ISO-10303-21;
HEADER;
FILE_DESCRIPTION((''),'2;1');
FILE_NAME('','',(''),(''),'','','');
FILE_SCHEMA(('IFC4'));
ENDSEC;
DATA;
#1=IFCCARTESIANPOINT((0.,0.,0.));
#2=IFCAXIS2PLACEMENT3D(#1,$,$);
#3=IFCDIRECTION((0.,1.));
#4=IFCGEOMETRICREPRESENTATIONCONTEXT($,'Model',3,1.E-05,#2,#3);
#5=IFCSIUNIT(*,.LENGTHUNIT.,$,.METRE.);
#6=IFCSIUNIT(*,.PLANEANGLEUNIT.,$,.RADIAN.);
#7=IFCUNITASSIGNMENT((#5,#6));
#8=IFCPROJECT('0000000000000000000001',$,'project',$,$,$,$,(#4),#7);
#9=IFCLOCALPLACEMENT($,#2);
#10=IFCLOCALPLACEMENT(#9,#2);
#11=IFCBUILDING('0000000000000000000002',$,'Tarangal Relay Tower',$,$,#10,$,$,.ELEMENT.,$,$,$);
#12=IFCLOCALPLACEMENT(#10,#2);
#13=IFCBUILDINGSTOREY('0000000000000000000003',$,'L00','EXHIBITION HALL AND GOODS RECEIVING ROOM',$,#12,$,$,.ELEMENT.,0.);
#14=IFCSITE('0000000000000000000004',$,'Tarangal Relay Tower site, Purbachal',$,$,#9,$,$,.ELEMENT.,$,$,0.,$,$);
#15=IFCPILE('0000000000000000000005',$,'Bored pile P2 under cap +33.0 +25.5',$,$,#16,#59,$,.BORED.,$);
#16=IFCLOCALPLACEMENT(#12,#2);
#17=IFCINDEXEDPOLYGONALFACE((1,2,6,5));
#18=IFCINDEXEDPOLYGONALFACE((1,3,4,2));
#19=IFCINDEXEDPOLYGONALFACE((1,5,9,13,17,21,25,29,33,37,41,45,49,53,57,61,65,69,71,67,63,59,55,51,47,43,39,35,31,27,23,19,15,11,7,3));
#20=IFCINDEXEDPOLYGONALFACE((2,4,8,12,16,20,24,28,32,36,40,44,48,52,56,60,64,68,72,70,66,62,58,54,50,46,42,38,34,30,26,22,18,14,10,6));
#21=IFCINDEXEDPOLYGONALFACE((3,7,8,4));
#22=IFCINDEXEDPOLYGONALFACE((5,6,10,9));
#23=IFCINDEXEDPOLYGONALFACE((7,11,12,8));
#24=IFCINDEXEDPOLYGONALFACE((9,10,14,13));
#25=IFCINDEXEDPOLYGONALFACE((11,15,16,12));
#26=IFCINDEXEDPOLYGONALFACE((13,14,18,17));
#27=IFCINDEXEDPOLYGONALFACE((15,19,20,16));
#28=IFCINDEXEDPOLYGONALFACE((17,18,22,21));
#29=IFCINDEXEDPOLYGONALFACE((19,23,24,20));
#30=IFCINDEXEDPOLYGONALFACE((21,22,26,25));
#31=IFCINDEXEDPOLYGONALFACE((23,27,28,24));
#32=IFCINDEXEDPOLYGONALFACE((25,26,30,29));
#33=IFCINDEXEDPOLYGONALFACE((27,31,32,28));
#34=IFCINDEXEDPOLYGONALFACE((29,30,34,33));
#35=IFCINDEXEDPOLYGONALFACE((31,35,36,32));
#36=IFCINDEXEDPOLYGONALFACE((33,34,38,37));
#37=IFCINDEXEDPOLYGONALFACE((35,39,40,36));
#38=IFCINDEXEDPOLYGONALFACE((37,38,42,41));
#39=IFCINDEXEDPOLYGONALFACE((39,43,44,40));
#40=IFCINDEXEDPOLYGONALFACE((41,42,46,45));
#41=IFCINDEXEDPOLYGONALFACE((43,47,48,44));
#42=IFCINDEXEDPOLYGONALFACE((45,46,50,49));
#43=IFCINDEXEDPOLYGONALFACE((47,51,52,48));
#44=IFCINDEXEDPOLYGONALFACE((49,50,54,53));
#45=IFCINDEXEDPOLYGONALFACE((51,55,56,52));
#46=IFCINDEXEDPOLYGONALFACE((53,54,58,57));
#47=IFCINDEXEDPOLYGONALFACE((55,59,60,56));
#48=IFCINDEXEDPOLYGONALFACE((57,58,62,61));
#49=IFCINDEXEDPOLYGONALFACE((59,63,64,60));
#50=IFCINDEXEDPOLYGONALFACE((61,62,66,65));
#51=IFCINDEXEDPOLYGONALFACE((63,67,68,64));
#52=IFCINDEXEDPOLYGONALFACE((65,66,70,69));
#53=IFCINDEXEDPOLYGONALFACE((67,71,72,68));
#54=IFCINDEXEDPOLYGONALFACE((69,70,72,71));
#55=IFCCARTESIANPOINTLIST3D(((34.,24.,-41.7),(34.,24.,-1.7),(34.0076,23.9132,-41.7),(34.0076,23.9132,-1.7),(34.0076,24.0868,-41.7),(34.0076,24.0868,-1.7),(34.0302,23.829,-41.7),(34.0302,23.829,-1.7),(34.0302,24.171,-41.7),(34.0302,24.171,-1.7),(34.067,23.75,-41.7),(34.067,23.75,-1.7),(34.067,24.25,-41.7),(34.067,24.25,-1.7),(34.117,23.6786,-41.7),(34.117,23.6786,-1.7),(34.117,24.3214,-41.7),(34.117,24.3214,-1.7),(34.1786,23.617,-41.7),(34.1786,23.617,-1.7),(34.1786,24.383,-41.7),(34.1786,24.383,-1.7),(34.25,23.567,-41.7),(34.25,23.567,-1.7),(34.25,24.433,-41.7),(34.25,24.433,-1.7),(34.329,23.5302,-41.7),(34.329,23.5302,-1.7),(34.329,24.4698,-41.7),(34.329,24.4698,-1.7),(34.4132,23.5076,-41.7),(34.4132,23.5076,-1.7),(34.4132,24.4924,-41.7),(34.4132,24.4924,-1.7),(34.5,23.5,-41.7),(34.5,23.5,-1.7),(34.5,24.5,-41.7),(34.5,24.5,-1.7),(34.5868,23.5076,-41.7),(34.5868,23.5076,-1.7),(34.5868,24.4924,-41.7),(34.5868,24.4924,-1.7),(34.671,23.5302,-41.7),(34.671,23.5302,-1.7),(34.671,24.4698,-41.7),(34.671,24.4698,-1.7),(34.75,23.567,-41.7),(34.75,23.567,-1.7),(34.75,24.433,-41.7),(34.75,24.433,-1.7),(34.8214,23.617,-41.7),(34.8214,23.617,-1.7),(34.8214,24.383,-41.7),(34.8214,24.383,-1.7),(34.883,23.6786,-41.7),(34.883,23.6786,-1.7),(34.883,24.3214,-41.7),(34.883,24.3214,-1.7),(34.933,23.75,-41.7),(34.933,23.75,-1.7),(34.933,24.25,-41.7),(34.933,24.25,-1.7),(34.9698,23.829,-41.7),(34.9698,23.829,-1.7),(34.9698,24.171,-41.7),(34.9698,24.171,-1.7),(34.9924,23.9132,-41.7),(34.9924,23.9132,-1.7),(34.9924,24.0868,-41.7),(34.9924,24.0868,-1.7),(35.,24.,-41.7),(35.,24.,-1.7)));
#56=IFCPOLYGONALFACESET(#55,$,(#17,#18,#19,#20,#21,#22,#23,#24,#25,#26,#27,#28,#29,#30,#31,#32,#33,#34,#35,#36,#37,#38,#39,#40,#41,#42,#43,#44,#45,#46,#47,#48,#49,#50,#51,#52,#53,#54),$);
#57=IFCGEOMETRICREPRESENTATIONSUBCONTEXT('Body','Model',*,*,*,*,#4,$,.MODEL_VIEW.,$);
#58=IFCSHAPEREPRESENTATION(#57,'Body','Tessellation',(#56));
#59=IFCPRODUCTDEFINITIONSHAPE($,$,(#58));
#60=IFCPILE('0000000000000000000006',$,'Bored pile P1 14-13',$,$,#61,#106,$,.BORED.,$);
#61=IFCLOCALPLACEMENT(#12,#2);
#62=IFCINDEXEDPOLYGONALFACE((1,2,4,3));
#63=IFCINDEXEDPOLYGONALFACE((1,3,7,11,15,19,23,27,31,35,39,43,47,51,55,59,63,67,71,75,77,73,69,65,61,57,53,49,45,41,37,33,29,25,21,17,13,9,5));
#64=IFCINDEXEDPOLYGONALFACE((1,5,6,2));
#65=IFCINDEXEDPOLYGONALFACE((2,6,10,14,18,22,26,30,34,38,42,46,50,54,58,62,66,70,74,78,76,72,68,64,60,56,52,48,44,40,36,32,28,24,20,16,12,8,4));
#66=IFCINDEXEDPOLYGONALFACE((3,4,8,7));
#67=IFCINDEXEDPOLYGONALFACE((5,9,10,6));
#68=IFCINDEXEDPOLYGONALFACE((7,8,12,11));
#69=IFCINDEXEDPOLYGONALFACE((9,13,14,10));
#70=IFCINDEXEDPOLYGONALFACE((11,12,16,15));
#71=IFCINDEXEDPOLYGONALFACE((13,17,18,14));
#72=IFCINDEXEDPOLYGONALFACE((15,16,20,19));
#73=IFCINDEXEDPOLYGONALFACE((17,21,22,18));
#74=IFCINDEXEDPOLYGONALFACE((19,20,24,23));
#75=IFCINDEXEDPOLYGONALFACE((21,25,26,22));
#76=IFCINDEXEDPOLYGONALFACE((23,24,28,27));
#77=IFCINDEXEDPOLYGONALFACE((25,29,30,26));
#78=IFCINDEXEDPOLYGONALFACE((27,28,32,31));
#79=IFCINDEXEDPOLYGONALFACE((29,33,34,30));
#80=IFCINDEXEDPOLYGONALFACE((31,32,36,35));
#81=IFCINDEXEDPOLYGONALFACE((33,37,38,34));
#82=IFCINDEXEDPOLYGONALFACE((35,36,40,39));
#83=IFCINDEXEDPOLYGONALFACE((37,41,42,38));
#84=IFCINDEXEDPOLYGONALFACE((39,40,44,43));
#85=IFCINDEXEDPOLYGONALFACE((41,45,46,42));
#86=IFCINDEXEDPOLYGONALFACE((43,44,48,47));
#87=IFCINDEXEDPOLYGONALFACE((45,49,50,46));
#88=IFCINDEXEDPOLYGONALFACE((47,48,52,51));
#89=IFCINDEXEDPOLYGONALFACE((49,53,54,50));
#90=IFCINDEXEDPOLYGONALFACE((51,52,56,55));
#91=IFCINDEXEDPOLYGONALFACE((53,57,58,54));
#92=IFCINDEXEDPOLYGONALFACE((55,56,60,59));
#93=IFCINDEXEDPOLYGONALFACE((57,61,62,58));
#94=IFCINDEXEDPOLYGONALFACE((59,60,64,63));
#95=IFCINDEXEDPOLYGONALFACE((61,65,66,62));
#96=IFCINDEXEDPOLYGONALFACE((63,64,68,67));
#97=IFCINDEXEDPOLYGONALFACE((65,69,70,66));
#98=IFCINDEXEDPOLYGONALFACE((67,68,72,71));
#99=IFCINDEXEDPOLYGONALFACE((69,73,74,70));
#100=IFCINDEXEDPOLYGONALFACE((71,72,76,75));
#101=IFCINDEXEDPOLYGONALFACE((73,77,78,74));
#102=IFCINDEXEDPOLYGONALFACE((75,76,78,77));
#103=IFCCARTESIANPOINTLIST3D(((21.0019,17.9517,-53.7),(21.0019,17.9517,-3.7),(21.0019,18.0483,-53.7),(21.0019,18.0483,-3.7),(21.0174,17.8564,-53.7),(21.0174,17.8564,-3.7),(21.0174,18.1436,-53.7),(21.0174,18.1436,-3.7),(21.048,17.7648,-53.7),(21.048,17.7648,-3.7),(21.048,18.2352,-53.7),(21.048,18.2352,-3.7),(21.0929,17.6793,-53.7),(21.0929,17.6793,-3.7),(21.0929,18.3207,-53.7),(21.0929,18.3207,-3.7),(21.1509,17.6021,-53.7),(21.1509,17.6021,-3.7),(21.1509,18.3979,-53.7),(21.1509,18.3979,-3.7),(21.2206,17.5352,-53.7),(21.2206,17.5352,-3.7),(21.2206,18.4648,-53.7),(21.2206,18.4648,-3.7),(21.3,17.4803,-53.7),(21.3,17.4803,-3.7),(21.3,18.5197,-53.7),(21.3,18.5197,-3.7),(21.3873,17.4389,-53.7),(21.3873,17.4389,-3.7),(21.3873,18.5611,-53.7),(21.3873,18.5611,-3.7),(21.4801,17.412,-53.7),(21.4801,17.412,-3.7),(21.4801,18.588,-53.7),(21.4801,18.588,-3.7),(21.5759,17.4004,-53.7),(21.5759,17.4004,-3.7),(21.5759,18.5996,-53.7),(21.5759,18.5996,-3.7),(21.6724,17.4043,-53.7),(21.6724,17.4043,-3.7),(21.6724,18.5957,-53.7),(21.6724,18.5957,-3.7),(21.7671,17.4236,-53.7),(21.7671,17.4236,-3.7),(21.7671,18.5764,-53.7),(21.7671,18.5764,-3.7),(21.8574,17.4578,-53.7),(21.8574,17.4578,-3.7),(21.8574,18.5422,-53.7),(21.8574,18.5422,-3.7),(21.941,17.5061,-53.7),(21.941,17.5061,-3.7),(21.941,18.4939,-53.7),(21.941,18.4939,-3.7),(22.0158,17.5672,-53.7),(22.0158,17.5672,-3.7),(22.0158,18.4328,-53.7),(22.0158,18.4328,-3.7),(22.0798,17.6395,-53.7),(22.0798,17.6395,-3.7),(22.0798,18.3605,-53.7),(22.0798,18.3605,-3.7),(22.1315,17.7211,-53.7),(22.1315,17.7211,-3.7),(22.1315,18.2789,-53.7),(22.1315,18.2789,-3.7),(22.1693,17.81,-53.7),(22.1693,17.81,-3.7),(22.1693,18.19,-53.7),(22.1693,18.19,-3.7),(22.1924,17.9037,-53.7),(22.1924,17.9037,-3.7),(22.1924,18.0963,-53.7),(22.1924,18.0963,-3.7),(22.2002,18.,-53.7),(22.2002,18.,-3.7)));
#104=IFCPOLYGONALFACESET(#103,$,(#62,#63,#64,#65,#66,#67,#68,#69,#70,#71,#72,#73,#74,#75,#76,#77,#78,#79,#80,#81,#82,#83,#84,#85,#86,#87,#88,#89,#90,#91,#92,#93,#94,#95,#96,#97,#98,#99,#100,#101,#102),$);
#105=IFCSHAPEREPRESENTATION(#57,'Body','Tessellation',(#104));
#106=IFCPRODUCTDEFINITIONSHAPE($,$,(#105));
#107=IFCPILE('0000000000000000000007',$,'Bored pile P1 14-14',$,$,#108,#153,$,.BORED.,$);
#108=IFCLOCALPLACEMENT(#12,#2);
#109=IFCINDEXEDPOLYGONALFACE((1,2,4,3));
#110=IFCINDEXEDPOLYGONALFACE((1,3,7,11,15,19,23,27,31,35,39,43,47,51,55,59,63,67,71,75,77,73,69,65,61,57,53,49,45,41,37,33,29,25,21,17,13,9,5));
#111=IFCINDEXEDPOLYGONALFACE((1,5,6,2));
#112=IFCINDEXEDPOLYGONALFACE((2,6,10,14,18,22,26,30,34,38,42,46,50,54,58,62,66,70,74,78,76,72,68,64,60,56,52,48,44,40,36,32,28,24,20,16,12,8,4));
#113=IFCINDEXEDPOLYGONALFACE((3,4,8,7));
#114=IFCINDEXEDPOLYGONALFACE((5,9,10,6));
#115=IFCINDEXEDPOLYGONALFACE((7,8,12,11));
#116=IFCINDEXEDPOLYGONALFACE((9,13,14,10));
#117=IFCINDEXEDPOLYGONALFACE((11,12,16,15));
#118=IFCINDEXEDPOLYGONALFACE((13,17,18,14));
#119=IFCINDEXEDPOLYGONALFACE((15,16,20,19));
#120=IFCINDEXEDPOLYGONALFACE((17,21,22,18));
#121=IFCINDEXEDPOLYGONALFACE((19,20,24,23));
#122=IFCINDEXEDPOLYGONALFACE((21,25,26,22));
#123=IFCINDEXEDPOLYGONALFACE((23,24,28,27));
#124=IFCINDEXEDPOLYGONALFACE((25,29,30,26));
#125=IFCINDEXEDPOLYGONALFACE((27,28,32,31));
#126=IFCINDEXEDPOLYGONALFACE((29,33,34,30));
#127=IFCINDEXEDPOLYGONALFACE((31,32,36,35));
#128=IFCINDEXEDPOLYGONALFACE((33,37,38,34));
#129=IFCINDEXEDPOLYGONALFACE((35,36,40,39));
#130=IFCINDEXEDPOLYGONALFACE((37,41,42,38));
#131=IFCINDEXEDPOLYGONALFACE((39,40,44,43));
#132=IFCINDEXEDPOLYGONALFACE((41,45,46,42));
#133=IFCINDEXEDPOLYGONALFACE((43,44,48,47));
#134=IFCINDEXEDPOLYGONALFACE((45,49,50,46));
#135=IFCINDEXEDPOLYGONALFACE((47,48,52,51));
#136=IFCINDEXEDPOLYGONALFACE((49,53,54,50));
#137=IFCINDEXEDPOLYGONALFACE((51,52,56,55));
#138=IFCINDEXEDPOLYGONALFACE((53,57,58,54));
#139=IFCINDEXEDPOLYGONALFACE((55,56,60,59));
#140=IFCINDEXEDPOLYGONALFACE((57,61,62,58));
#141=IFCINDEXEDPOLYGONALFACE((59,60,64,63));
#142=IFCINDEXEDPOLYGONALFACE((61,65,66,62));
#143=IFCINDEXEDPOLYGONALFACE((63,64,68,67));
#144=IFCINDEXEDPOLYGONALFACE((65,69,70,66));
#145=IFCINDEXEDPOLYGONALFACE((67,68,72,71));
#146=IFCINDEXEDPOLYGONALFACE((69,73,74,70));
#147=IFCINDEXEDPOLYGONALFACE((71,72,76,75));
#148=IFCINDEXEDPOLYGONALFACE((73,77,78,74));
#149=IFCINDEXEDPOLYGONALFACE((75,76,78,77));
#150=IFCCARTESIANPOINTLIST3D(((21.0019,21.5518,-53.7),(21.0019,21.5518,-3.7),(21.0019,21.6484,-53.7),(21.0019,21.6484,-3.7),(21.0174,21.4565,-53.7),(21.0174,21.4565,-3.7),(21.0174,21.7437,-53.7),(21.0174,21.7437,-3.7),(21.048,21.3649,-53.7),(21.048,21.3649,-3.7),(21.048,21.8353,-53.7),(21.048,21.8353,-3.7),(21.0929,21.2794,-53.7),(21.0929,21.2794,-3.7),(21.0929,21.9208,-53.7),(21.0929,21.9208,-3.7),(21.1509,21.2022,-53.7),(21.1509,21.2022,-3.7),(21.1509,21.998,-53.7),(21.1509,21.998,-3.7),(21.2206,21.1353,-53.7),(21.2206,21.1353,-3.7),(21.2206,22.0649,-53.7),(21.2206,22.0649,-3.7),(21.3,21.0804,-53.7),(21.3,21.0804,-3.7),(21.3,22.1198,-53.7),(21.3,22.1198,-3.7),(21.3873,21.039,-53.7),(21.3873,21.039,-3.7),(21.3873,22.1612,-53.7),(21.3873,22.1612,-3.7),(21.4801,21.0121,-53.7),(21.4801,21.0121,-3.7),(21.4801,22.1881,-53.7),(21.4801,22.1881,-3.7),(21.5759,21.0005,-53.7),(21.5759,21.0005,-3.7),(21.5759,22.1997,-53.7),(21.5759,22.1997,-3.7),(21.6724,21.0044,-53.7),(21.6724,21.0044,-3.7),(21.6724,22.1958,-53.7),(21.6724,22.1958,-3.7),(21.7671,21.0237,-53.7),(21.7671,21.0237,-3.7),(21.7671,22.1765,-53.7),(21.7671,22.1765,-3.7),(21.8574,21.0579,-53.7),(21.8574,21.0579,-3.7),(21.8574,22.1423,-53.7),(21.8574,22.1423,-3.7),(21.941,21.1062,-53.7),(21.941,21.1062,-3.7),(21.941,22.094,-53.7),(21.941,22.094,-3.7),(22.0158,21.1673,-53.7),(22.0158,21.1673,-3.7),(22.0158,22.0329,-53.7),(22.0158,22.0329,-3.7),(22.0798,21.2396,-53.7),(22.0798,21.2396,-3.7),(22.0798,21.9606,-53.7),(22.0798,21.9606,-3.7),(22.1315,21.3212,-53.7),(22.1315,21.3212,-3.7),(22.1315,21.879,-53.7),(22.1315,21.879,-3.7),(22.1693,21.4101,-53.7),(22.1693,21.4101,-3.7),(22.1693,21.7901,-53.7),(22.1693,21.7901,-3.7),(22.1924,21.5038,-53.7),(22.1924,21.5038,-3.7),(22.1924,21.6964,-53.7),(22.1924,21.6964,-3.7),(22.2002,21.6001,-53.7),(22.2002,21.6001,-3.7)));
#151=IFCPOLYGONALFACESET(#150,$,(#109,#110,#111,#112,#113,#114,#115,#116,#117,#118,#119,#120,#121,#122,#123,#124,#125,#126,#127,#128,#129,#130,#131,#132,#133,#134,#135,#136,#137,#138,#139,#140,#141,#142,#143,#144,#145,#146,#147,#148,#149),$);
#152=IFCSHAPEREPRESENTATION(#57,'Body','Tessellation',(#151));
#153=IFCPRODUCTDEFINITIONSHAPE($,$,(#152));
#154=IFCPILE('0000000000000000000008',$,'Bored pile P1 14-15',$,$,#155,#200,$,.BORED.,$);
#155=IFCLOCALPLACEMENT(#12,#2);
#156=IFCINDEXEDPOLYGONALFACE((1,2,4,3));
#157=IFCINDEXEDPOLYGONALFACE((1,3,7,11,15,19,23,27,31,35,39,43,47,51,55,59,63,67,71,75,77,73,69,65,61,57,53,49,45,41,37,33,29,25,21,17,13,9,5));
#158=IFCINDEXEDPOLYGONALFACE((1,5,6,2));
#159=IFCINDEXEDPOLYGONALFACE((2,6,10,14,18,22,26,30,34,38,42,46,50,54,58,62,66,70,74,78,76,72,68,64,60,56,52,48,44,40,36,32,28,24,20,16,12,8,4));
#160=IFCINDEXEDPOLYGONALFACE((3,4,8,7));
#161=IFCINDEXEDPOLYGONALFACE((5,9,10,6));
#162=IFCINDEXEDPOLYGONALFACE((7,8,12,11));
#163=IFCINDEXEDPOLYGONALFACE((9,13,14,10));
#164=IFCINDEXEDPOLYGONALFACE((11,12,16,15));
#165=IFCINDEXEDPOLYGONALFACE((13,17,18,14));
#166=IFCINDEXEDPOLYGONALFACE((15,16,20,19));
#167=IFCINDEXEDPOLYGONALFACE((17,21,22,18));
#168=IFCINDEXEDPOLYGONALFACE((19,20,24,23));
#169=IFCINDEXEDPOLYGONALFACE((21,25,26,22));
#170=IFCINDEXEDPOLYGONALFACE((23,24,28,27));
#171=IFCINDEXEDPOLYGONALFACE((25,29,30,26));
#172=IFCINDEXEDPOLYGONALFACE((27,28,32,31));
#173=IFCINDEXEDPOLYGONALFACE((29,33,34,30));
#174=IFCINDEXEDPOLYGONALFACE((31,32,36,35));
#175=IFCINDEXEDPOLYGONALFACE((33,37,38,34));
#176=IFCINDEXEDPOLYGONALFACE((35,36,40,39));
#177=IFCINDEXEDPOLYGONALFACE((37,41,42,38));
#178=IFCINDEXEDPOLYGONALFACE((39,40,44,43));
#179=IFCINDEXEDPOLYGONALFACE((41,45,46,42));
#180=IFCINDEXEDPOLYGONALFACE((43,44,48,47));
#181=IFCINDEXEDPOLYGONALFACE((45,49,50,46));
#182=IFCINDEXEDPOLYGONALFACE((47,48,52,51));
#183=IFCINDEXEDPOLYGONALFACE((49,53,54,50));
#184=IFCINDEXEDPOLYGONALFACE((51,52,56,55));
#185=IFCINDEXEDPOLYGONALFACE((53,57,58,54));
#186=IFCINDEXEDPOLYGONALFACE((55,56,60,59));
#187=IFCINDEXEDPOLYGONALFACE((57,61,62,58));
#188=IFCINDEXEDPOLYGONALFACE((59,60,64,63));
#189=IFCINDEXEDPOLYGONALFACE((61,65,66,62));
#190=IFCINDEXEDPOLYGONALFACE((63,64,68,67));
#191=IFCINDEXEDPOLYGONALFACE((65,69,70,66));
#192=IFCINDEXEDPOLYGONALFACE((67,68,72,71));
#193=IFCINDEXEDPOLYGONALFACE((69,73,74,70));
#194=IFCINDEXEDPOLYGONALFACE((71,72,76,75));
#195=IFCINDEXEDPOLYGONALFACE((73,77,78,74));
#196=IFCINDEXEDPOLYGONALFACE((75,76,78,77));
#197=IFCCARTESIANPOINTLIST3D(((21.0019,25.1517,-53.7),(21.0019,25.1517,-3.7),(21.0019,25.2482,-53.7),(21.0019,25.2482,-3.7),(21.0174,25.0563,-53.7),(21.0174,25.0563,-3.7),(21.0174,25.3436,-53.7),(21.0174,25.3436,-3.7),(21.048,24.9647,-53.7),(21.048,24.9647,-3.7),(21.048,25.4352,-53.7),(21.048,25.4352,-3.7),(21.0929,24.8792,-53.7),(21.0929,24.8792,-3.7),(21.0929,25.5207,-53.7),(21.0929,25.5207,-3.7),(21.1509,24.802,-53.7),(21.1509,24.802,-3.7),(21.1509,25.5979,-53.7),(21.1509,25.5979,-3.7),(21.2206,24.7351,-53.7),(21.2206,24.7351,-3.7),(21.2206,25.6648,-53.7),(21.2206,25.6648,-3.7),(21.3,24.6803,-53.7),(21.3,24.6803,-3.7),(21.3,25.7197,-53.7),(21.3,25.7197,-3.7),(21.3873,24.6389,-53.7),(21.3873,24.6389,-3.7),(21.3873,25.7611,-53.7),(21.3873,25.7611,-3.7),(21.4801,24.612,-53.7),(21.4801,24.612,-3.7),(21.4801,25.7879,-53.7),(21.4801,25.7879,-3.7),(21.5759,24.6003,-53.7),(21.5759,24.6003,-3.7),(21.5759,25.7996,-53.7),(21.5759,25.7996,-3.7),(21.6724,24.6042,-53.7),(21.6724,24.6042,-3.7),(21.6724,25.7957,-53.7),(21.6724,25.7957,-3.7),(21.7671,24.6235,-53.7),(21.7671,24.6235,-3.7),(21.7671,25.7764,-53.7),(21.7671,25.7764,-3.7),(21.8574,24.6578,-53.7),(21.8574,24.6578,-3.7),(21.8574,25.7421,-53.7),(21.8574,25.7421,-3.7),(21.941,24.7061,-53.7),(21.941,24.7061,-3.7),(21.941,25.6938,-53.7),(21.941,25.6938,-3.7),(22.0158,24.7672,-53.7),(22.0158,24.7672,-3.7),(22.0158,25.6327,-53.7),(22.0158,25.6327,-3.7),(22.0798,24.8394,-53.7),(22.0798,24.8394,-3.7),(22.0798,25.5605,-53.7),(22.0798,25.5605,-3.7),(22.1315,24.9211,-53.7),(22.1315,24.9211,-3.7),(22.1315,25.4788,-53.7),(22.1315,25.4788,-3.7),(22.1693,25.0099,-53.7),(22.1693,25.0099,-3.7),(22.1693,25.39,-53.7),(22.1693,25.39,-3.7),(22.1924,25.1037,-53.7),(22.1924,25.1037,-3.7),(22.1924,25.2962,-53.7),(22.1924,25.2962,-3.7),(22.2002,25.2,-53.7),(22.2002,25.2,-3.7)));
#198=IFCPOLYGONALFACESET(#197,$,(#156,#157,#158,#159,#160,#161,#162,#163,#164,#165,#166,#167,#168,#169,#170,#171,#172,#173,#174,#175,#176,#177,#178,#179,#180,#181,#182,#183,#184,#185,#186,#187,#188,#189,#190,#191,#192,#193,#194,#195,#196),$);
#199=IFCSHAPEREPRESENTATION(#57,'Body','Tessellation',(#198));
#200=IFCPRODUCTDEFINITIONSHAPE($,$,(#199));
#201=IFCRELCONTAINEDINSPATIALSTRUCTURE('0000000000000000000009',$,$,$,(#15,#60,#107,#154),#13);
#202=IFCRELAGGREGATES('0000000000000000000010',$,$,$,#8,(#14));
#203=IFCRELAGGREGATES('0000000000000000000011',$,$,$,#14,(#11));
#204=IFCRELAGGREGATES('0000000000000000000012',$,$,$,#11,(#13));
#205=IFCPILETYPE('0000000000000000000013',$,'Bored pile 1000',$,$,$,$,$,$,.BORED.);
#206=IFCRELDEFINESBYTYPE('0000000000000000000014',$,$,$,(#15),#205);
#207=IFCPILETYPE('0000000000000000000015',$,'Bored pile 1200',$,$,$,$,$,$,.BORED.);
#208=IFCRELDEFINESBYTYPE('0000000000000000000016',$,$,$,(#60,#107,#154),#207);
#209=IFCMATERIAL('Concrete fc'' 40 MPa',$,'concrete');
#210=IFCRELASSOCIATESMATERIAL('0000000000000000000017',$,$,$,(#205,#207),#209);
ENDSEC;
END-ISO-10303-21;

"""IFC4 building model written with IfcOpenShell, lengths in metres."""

from ifc_helpers import new_model, si_unit, direction, frame, origin, origin_2d, place, context, subcontext, project, spatial, circle, extrude, material, material_profile, profile_set, type_object, element, save


model = new_model("IFC4")

# Units and contexts
model_context = context("Model", 3, precision=1e-05, world=origin(), true_north=direction((0.0, 1.0)))
body_context = subcontext(model_context, "Body", "Model", "MODEL_VIEW")
ifc_project = project(units=[si_unit("LENGTHUNIT", "METRE"), si_unit("PLANEANGLEUNIT", "RADIAN")], contexts=[model_context])

# Site, building, storey
site_placement = place(None, origin())
site = spatial("IfcSite", under=ifc_project, at=site_placement, Name="Tarangal Relay Tower site, Purbachal", CompositionType="ELEMENT", RefElevation=0.0)
building_placement = place(site_placement, origin())
building = spatial("IfcBuilding", under=site, at=building_placement, Name="Tarangal Relay Tower", CompositionType="ELEMENT")
storey_placement = place(building_placement, origin())
storey = spatial("IfcBuildingStorey", under=building, at=storey_placement, Name="L00", Description="EXHIBITION HALL AND GOODS RECEIVING ROOM", CompositionType="ELEMENT", Elevation=0.0)

# Piles
ifc_material_1 = material(Name="Concrete fc' 40 MPa", Category="concrete")
ifc_material_profile_1 = material_profile(ifc_material_1, circle(Radius=0.5, at=origin_2d()), Name="D1000")
ifc_profile_set_1 = profile_set([ifc_material_profile_1], Name="Concrete fc' 40 MPa")
pile_type_1 = type_object("IfcPileType", Name="Bored pile 1000", PredefinedType="BORED", material=ifc_profile_set_1)
for number, where, z_axis, x_axis, name in (
    (1, (34.5, 24.0, -1.7), (0.0, 0.0, -1.0), (1.0, 0.0, 0.0), "Bored pile P2 under cap +33.0 +25.5"),
):
    element("IfcPile", number, at=place(storey_placement, frame(where, z_axis=z_axis, x_axis=x_axis)), inside=storey, type_object=pile_type_1, Name=name, PredefinedType="BORED", context=body_context, shape_type="SweptSolid", body=[
        extrude(circle(Radius=0.5, at=origin_2d()), origin(), (0.0, 0.0, 1.0), 40.0),
    ])
ifc_material_profile_2 = material_profile(ifc_material_1, circle(Radius=0.6001, at=origin_2d()), Name="D1200")
ifc_profile_set_2 = profile_set([ifc_material_profile_2], Name="Concrete fc' 40 MPa")
pile_type_2 = type_object("IfcPileType", Name="Bored pile 1200", PredefinedType="BORED", material=ifc_profile_set_2)
for number, where, z_axis, x_axis, name in (
    (2, (21.6001, 18.0, -3.7), (0.0, 0.0, -1.0), (1.0, 0.0, 0.0), "Bored pile P1 14-13"),
    (3, (21.6001, 21.6001, -3.7), (0.0, 0.0, -1.0), (1.0, 0.0, 0.0), "Bored pile P1 14-14"),
    (4, (21.6001, 25.2, -3.7), (0.0, 0.0, -1.0), (1.0, 0.0, 0.0), "Bored pile P1 14-15"),
):
    element("IfcPile", number, at=place(storey_placement, frame(where, z_axis=z_axis, x_axis=x_axis)), inside=storey, type_object=pile_type_2, Name=name, PredefinedType="BORED", context=body_context, shape_type="SweptSolid", body=[
        extrude(circle(Radius=0.6001, at=origin_2d()), origin(), (0.0, 0.0, 1.0), 50.0),
    ])

save(model, "model.ifc")
